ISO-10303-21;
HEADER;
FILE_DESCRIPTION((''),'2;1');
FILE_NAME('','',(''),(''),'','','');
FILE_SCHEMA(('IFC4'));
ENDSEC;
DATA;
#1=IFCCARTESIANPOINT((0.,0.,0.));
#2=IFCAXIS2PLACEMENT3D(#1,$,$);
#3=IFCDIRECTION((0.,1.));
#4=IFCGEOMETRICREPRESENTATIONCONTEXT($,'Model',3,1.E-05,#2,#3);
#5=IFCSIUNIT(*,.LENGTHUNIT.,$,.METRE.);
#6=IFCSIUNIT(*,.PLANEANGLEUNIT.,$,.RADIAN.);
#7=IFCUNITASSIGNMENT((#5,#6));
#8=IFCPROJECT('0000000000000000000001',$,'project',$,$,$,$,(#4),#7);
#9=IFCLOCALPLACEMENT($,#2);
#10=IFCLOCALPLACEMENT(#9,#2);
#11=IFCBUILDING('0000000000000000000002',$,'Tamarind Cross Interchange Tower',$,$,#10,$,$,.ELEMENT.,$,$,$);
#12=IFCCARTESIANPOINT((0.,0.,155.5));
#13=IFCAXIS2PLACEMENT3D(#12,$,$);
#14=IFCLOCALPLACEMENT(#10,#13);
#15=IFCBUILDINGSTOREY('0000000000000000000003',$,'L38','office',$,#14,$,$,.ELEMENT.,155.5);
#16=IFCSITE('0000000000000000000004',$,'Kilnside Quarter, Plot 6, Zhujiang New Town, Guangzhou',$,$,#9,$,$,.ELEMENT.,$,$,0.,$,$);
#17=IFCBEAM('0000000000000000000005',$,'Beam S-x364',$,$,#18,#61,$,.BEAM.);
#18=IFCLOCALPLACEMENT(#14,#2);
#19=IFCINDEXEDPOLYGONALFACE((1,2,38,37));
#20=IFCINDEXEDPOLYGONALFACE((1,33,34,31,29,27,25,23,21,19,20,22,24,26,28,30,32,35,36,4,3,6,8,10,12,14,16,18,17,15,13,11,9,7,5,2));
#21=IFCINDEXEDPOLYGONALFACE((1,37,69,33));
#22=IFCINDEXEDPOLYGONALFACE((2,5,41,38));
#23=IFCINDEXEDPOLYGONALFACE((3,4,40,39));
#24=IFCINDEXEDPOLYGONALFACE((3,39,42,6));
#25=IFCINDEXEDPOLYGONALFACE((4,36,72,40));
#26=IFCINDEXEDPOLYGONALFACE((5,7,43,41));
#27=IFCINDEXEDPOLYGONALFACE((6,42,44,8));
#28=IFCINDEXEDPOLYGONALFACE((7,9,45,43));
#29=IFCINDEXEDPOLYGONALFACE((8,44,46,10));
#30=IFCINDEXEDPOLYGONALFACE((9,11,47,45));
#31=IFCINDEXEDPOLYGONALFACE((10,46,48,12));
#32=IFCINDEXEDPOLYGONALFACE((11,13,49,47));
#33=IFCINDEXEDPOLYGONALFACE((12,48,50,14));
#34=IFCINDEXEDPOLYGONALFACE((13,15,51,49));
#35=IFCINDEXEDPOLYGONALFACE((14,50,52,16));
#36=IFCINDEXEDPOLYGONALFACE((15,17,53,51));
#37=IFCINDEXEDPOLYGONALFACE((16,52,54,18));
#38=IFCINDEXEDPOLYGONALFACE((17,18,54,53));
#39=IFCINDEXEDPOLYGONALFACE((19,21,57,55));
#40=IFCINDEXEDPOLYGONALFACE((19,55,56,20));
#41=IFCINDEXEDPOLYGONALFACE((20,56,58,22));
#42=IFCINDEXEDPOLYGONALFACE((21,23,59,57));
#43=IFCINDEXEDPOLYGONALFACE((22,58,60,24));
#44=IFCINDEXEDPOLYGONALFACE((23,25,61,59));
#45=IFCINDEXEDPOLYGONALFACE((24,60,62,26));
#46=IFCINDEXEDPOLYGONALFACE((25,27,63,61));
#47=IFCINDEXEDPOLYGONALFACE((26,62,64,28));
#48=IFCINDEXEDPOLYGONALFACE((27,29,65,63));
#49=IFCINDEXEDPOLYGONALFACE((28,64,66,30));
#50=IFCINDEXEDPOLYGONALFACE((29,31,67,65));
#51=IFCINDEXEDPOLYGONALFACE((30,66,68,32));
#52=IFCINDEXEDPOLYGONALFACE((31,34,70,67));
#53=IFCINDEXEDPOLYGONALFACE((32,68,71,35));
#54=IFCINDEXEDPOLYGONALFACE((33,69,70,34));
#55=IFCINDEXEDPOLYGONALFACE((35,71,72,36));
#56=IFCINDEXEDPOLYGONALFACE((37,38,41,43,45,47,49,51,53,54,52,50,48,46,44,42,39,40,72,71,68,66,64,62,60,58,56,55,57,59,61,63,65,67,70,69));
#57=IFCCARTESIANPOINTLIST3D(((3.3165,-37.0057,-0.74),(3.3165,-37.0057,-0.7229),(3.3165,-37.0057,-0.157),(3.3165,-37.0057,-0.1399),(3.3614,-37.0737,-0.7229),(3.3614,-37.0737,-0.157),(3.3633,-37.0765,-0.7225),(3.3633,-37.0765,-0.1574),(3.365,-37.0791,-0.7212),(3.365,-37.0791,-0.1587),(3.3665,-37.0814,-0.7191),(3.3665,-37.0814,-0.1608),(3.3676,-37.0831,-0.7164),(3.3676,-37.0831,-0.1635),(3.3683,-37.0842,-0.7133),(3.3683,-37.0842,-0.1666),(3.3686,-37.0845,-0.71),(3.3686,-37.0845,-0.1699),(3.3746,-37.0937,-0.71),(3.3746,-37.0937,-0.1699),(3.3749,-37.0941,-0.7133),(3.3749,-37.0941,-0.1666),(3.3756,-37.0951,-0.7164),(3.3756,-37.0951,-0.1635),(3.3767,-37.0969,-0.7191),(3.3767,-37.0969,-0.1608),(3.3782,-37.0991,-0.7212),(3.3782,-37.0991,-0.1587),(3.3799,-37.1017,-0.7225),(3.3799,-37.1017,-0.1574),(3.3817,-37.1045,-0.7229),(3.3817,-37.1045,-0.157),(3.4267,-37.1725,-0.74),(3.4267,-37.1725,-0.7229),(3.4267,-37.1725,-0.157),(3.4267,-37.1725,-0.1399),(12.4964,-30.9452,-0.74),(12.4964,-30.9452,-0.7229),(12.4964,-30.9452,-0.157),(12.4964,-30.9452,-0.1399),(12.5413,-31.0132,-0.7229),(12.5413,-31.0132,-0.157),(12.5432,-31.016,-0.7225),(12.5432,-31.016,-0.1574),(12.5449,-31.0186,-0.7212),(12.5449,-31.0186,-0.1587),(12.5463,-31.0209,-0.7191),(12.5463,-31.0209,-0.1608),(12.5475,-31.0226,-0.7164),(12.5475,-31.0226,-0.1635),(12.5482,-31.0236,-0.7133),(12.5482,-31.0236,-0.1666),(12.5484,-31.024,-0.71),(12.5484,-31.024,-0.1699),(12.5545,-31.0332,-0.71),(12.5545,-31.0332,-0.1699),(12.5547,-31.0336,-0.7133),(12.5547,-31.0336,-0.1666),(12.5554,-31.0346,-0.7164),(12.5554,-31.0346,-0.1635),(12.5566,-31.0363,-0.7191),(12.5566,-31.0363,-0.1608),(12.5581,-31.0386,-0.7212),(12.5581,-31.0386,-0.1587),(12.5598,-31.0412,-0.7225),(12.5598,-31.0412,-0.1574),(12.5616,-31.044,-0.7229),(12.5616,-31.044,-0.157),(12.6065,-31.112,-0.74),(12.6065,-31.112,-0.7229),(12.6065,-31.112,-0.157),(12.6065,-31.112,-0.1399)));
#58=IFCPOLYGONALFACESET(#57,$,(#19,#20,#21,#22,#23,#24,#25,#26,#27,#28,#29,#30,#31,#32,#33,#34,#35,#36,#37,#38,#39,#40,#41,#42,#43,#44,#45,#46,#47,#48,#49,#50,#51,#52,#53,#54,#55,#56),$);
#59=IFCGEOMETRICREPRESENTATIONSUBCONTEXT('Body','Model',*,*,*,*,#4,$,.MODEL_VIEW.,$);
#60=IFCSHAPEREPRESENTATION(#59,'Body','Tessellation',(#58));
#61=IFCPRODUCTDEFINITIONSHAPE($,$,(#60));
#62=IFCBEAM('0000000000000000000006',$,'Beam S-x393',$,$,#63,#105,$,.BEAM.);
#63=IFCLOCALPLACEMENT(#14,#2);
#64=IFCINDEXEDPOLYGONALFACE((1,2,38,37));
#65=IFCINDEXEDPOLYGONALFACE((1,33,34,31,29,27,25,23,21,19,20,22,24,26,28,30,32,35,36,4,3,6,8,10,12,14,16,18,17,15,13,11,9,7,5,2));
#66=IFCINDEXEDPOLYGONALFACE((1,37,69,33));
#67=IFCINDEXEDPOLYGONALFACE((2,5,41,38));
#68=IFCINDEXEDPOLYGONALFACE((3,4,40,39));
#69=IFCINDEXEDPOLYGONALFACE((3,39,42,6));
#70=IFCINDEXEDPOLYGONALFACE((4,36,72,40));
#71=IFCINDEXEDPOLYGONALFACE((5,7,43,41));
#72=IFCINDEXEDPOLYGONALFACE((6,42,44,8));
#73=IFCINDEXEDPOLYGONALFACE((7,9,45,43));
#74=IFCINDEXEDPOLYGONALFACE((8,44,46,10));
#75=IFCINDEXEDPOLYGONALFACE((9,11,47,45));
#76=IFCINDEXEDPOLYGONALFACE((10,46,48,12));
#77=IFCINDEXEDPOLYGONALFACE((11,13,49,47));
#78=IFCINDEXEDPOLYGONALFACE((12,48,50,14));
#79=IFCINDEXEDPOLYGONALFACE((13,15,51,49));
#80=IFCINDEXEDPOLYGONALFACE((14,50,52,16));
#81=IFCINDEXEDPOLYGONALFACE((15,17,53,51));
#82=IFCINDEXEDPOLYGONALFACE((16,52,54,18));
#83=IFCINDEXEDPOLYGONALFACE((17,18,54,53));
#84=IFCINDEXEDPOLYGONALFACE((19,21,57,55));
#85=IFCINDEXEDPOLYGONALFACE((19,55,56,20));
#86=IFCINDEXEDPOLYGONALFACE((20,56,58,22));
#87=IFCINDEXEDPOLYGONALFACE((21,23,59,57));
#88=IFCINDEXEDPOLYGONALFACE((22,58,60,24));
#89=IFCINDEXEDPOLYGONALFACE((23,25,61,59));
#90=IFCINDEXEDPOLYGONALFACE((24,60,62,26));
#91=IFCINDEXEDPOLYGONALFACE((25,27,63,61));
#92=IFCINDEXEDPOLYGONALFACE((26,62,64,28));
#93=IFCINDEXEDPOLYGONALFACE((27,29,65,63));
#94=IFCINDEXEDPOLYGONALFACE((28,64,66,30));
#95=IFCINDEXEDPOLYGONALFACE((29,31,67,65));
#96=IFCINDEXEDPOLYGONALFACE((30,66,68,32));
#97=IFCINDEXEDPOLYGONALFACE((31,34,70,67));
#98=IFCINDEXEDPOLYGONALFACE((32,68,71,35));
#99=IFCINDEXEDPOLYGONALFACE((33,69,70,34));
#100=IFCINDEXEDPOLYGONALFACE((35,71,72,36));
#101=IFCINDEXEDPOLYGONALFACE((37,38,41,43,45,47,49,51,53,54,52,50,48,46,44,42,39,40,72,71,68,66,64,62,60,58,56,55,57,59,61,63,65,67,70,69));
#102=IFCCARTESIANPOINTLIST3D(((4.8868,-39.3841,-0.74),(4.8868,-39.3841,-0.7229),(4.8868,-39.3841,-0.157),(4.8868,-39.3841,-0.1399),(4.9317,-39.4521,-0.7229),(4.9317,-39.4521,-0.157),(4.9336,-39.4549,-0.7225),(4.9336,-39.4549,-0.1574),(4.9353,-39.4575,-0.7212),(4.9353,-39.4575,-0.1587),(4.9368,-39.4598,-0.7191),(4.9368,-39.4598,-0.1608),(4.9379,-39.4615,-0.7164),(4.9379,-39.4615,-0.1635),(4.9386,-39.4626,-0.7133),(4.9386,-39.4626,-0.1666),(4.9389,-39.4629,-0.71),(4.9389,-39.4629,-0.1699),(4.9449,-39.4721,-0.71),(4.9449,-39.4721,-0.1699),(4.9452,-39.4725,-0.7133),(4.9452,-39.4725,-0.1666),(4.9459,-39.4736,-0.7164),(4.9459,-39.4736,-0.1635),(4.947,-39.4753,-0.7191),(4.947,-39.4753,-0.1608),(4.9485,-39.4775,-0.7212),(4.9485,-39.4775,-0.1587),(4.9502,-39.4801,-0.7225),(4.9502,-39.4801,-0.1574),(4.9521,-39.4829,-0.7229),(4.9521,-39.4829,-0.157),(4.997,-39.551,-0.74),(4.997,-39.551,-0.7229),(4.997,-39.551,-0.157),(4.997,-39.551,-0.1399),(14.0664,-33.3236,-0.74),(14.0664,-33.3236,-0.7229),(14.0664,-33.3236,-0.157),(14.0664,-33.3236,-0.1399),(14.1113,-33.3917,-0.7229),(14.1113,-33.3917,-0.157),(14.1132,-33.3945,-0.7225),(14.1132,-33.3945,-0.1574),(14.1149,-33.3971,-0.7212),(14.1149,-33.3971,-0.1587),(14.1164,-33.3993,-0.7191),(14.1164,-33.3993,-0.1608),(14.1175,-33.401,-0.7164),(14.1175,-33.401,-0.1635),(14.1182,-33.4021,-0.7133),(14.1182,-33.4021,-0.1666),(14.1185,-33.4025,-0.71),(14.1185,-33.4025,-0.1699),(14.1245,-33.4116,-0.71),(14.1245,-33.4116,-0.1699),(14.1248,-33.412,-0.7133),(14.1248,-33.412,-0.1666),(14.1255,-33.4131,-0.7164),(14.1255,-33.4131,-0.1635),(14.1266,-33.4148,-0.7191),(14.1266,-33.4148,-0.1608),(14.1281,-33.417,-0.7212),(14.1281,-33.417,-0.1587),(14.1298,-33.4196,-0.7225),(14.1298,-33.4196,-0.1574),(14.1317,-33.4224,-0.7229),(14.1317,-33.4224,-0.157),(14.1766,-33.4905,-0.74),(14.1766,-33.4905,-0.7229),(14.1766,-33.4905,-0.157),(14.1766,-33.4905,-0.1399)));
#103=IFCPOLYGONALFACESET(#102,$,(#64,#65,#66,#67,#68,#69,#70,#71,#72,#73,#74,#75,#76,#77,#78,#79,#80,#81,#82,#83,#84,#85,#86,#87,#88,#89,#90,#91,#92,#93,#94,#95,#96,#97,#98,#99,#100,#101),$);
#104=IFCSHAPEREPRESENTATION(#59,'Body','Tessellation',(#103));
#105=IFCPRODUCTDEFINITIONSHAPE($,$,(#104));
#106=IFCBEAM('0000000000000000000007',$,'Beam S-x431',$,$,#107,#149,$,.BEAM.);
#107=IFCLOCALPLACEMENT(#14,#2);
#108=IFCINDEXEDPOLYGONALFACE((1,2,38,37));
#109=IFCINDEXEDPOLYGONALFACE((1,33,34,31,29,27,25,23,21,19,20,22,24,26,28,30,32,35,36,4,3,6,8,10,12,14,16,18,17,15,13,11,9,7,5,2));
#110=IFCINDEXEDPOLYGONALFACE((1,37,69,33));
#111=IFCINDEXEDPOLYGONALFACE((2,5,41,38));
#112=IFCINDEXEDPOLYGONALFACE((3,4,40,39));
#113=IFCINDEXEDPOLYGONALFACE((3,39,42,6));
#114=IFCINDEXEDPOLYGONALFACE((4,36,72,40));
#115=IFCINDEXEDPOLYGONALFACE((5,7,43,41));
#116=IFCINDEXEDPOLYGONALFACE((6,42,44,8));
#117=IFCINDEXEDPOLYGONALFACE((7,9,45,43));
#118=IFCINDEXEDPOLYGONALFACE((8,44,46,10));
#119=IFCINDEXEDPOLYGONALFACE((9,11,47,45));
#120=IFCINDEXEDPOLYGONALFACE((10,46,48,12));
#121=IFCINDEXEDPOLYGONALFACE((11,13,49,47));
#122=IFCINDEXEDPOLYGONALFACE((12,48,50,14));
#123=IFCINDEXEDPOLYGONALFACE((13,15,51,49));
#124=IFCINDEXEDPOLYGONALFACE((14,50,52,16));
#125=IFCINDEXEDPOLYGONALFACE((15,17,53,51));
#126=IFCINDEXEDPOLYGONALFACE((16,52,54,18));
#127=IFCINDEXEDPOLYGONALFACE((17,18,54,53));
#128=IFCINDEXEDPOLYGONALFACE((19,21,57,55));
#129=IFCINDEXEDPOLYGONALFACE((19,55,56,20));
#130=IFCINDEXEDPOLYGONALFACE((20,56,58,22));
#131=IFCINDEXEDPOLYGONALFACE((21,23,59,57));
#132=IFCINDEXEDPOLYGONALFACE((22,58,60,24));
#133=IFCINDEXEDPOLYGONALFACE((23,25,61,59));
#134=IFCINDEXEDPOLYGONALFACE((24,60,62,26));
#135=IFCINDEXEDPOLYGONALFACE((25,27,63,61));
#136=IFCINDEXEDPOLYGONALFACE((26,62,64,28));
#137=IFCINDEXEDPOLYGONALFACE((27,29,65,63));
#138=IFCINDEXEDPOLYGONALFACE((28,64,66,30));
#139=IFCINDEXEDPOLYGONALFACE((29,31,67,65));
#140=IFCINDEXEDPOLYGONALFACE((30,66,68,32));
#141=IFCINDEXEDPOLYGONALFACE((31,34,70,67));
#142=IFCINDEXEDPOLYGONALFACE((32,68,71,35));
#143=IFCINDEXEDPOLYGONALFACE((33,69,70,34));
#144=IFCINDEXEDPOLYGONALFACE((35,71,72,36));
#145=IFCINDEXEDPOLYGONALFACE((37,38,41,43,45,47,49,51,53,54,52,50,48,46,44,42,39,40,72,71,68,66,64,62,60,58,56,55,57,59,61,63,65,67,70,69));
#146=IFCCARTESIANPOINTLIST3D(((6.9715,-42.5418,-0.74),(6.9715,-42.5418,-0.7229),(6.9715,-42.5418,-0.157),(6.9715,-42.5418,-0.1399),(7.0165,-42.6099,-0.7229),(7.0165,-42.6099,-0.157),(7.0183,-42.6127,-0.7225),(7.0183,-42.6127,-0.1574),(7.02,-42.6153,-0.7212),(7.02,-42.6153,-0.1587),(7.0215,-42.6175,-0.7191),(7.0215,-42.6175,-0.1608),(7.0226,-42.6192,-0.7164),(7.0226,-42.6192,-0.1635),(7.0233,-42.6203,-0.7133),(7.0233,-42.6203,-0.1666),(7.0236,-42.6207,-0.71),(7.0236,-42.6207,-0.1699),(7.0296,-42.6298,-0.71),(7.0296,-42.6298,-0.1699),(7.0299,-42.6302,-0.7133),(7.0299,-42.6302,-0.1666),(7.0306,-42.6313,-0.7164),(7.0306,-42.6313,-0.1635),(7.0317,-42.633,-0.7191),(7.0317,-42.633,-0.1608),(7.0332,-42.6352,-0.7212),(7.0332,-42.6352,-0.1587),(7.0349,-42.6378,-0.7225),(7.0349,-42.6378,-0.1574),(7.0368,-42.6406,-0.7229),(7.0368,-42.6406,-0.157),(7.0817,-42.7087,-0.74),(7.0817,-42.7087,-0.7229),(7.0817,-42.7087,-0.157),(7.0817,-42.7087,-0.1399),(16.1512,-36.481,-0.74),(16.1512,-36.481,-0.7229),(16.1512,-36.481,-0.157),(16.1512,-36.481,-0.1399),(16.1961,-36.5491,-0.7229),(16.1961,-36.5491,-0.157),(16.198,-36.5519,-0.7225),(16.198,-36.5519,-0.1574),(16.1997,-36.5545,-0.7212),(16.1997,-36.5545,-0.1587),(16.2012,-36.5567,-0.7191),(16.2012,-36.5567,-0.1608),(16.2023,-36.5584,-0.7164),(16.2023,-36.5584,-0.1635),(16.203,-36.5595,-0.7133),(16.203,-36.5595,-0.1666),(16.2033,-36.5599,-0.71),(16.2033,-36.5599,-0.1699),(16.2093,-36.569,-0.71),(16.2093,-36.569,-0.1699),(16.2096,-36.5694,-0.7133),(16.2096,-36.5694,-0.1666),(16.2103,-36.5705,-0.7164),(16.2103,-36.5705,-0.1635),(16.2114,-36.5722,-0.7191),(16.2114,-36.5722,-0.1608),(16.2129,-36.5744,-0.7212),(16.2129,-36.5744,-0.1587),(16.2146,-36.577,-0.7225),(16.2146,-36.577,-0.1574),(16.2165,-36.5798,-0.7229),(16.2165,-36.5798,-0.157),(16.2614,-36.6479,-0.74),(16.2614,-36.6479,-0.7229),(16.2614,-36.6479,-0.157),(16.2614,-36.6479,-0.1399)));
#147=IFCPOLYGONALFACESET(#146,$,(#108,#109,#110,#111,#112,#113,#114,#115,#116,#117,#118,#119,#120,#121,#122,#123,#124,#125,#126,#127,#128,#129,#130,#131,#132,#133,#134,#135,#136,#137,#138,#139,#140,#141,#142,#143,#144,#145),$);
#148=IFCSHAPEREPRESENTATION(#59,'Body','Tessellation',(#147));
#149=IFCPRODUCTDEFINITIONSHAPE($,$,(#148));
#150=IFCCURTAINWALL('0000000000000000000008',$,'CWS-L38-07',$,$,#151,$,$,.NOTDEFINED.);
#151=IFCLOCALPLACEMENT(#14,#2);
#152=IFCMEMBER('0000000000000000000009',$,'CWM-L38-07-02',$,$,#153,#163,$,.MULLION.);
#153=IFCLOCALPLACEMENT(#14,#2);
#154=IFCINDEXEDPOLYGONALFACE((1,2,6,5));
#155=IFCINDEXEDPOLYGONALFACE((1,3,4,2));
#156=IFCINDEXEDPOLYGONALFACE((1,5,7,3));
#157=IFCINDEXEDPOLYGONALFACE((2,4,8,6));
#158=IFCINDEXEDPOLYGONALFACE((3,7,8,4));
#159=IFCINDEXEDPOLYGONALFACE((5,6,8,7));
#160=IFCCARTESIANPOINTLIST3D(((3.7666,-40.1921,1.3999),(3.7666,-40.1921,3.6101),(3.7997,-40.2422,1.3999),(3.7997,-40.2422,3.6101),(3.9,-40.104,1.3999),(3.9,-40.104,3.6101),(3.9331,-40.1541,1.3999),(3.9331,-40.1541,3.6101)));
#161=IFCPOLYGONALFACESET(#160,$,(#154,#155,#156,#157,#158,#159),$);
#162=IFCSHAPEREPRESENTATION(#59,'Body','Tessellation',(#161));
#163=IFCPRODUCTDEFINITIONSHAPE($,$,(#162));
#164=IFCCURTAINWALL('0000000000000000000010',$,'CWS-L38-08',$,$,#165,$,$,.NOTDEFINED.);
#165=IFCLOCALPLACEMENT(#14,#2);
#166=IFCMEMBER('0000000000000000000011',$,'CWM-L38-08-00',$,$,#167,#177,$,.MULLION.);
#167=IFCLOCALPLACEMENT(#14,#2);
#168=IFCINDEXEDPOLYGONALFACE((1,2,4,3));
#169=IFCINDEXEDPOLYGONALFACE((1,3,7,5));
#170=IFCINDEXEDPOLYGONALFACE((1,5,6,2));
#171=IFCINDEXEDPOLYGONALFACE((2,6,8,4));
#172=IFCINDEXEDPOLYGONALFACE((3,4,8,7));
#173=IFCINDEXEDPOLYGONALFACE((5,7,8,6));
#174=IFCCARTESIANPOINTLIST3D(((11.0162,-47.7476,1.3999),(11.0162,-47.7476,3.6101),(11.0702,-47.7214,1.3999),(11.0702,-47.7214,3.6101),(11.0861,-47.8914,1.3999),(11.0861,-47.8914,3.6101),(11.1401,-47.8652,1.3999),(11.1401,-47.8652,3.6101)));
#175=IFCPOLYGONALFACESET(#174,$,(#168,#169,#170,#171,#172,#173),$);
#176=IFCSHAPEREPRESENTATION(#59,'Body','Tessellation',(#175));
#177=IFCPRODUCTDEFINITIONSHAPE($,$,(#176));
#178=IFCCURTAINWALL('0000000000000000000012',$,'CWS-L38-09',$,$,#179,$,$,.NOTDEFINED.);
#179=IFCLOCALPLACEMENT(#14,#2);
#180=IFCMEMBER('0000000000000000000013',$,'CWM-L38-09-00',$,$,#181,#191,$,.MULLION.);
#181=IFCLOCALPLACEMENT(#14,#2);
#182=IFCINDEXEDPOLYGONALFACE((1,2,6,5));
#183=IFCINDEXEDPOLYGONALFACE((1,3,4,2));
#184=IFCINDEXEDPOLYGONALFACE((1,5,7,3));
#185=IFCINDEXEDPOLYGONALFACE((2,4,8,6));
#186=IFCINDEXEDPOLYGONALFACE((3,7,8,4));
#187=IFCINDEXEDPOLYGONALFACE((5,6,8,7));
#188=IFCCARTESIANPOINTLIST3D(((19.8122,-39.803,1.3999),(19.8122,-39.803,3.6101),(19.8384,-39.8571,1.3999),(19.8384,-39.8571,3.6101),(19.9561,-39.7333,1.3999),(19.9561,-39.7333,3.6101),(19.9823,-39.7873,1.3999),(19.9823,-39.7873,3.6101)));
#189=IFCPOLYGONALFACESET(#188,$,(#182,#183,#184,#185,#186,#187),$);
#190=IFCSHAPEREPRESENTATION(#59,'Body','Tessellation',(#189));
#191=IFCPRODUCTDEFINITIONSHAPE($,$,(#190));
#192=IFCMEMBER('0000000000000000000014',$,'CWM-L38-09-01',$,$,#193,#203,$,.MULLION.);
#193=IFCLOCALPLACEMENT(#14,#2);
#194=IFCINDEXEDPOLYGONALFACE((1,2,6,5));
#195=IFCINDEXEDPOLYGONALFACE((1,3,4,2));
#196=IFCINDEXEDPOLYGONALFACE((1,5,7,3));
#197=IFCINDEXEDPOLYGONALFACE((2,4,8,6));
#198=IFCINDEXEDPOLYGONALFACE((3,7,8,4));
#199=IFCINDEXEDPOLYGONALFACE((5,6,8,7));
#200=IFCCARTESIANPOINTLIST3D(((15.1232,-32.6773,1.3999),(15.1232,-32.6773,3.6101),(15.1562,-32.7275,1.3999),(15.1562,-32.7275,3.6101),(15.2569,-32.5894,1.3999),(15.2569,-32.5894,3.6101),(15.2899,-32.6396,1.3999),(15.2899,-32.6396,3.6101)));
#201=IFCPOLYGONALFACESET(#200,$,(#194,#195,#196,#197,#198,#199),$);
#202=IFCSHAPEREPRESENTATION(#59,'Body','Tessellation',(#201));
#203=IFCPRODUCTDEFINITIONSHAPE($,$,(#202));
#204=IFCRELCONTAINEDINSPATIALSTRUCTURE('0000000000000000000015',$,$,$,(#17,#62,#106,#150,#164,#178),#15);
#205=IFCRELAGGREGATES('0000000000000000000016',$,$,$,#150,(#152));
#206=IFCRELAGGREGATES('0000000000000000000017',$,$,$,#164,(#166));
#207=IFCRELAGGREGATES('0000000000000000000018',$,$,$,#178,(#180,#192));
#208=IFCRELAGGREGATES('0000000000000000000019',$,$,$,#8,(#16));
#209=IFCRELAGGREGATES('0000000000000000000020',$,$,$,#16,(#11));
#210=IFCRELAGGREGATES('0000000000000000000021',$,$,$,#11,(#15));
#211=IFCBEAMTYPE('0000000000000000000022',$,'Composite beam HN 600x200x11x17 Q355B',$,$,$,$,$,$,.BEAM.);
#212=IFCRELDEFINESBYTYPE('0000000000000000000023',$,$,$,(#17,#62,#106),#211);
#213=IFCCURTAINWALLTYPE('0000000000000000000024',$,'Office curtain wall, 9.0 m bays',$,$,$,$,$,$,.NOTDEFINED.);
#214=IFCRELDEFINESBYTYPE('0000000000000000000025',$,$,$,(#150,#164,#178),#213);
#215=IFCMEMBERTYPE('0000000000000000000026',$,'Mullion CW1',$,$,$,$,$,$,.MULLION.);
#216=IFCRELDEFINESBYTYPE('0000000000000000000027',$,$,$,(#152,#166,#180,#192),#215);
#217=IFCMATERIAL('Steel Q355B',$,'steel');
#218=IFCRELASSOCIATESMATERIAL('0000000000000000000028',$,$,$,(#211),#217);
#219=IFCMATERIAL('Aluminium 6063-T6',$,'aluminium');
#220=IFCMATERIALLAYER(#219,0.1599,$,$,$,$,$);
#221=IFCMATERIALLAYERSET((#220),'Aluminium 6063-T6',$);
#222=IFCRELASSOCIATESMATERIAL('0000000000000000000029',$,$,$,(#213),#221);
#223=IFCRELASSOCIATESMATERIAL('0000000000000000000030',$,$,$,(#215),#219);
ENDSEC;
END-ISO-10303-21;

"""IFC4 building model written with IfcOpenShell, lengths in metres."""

from ifc_helpers import new_model, si_unit, direction, frame, origin, origin_2d, place, context, subcontext, project, spatial, rectangle, i_section, extrude, material, layer, layer_set, material_profile, profile_set, type_object, element, aggregate, save


model = new_model("IFC4")

# Units and contexts
model_context = context("Model", 3, precision=1e-05, world=origin(), true_north=direction((0.0, 1.0)))
body_context = subcontext(model_context, "Body", "Model", "MODEL_VIEW")
ifc_project = project(units=[si_unit("LENGTHUNIT", "METRE"), si_unit("PLANEANGLEUNIT", "RADIAN")], contexts=[model_context])

# Site, building, storey
site_placement = place(None, origin())
site = spatial("IfcSite", under=ifc_project, at=site_placement, Name="Kilnside Quarter, Plot 6, Zhujiang New Town, Guangzhou", CompositionType="ELEMENT", RefElevation=0.0)
building_placement = place(site_placement, origin())
building = spatial("IfcBuilding", under=site, at=building_placement, Name="Tamarind Cross Interchange Tower", CompositionType="ELEMENT")
storey_placement = place(building_placement, frame((0.0, 0.0, 155.5)))
storey = spatial("IfcBuildingStorey", under=building, at=storey_placement, Name="L38", Description="office", CompositionType="ELEMENT", Elevation=155.5)

# Beams
ifc_material_1 = material(Name="Steel Q355B", Category="steel")
ifc_material_profile_1 = material_profile(ifc_material_1, i_section(OverallWidth=0.2, OverallDepth=0.6001, WebThickness=0.011, FlangeThickness=0.0171, FilletRadius=0.0129, at=origin_2d()), Name="HN 600x200x11x17")
ifc_profile_set_1 = profile_set([ifc_material_profile_1], Name="Steel Q355B")
beam_type_1 = type_object("IfcBeamType", Name="Composite beam HN 600x200x11x17 Q355B", PredefinedType="BEAM", material=ifc_profile_set_1)
beam_1_placement = place(storey_placement, frame((3.3716, -37.0891, -0.4399), z_axis=(0.834535, 0.550956, 0.0), x_axis=(-0.550956, 0.834535, 0.0)))
element("IfcBeam", 1, at=beam_1_placement, inside=storey, type_object=beam_type_1, Name="Beam S-x364", PredefinedType="BEAM", context=body_context, shape_type="SweptSolid", body=[
    extrude(i_section(OverallWidth=0.2, OverallDepth=0.6001, WebThickness=0.011, FlangeThickness=0.0171, FilletRadius=0.0129, at=origin_2d()), origin(), (0.0, 0.0, 1.0), 11.0),
])
beam_2_placement = place(storey_placement, frame((4.9419, -39.4675, -0.4399), z_axis=(0.834528, 0.550966, 0.0), x_axis=(-0.550966, 0.834528, 0.0)))
element("IfcBeam", 2, at=beam_2_placement, inside=storey, type_object=beam_type_1, Name="Beam S-x393", PredefinedType="BEAM", context=body_context, shape_type="SweptSolid", body=[
    extrude(i_section(OverallWidth=0.2, OverallDepth=0.6001, WebThickness=0.011, FlangeThickness=0.0171, FilletRadius=0.0129, at=origin_2d()), origin(), (0.0, 0.0, 1.0), 10.9998),
])
beam_3_placement = place(storey_placement, frame((7.0266, -42.6252, -0.4399), z_axis=(0.834518, 0.550981, 0.0), x_axis=(-0.550981, 0.834518, 0.0)))
element("IfcBeam", 3, at=beam_3_placement, inside=storey, type_object=beam_type_1, Name="Beam S-x431", PredefinedType="BEAM", context=body_context, shape_type="SweptSolid", body=[
    extrude(i_section(OverallWidth=0.2, OverallDepth=0.6001, WebThickness=0.011, FlangeThickness=0.0171, FilletRadius=0.0129, at=origin_2d()), origin(), (0.0, 0.0, 1.0), 11.0),
])

# Curtain walls, members
ifc_material_2 = material(Name="Aluminium 6063-T6", Category="aluminium")
ifc_layer_1 = layer(ifc_material_2, 0.1599)
ifc_layer_set_1 = layer_set([ifc_layer_1], Name="Aluminium 6063-T6")
curtain_wall_type = type_object("IfcCurtainWallType", Name="Office curtain wall, 9.0 m bays", PredefinedType="NOTDEFINED", material=ifc_layer_set_1)
curtain_wall_1_placement = place(storey_placement, origin())
curtain_wall_1 = element("IfcCurtainWall", 4, at=curtain_wall_1_placement, inside=storey, type_object=curtain_wall_type, Name="CWS-L38-07", PredefinedType="NOTDEFINED")
ifc_material_profile_2 = material_profile(ifc_material_2, rectangle(XDim=0.0601, YDim=0.1599, at=origin_2d()), Name="Mullion CW1")
ifc_profile_set_2 = profile_set([ifc_material_profile_2], Name="Aluminium 6063-T6")
member_type = type_object("IfcMemberType", Name="Mullion CW1", PredefinedType="MULLION", material=ifc_profile_set_2)
member_1_placement = place(storey_placement, frame((3.8499, -40.1731, 1.3999), z_axis=(0.0, 0.0, 1.0), x_axis=(0.55097, -0.834525, 0.0)))
member_1 = element("IfcMember", 5, at=member_1_placement, type_object=member_type, Name="CWM-L38-07-02", PredefinedType="MULLION", context=body_context, shape_type="SweptSolid", body=[
    extrude(rectangle(XDim=0.0601, YDim=0.1599, at=origin_2d()), origin(), (0.0, 0.0, 1.0), 2.2102),
])
aggregate(curtain_wall_1, [member_1])
curtain_wall_2_placement = place(storey_placement, origin())
curtain_wall_2 = element("IfcCurtainWall", 6, at=curtain_wall_2_placement, inside=storey, type_object=curtain_wall_type, Name="CWS-L38-08", PredefinedType="NOTDEFINED")
member_2_placement = place(storey_placement, frame((11.0781, -47.8064, 1.3999), z_axis=(0.0, 0.0, 1.0), x_axis=(0.899301, 0.437329, 0.0)))
member_2 = element("IfcMember", 7, at=member_2_placement, type_object=member_type, Name="CWM-L38-08-00", PredefinedType="MULLION", context=body_context, shape_type="SweptSolid", body=[
    extrude(rectangle(XDim=0.0601, YDim=0.1599, at=origin_2d()), origin(), (0.0, 0.0, 1.0), 2.2102),
])
aggregate(curtain_wall_2, [member_2])

# Curtain wall, members
curtain_wall_3_placement = place(storey_placement, origin())
curtain_wall_3 = element("IfcCurtainWall", 8, at=curtain_wall_3_placement, inside=storey, type_object=curtain_wall_type, Name="CWS-L38-09", PredefinedType="NOTDEFINED")
member_3_placement = place(storey_placement, frame((19.8972, -39.7952, 1.3999), z_axis=(0.0, 0.0, 1.0), x_axis=(-0.436402, 0.899752, 0.0)))
member_3 = element("IfcMember", 9, at=member_3_placement, type_object=member_type, Name="CWM-L38-09-00", PredefinedType="MULLION", context=body_context, shape_type="SweptSolid", body=[
    extrude(rectangle(XDim=0.0601, YDim=0.1599, at=origin_2d()), origin(), (0.0, 0.0, 1.0), 2.2102),
])
member_4_placement = place(storey_placement, frame((15.2065, -32.6584, 1.3999), z_axis=(0.0, 0.0, 1.0), x_axis=(-0.549248, 0.83566, 0.0)))
member_4 = element("IfcMember", 10, at=member_4_placement, type_object=member_type, Name="CWM-L38-09-01", PredefinedType="MULLION", context=body_context, shape_type="SweptSolid", body=[
    extrude(rectangle(XDim=0.0601, YDim=0.1599, at=origin_2d()), origin(), (0.0, 0.0, 1.0), 2.2102),
])
aggregate(curtain_wall_3, [member_3, member_4])

save(model, "model.ifc")
